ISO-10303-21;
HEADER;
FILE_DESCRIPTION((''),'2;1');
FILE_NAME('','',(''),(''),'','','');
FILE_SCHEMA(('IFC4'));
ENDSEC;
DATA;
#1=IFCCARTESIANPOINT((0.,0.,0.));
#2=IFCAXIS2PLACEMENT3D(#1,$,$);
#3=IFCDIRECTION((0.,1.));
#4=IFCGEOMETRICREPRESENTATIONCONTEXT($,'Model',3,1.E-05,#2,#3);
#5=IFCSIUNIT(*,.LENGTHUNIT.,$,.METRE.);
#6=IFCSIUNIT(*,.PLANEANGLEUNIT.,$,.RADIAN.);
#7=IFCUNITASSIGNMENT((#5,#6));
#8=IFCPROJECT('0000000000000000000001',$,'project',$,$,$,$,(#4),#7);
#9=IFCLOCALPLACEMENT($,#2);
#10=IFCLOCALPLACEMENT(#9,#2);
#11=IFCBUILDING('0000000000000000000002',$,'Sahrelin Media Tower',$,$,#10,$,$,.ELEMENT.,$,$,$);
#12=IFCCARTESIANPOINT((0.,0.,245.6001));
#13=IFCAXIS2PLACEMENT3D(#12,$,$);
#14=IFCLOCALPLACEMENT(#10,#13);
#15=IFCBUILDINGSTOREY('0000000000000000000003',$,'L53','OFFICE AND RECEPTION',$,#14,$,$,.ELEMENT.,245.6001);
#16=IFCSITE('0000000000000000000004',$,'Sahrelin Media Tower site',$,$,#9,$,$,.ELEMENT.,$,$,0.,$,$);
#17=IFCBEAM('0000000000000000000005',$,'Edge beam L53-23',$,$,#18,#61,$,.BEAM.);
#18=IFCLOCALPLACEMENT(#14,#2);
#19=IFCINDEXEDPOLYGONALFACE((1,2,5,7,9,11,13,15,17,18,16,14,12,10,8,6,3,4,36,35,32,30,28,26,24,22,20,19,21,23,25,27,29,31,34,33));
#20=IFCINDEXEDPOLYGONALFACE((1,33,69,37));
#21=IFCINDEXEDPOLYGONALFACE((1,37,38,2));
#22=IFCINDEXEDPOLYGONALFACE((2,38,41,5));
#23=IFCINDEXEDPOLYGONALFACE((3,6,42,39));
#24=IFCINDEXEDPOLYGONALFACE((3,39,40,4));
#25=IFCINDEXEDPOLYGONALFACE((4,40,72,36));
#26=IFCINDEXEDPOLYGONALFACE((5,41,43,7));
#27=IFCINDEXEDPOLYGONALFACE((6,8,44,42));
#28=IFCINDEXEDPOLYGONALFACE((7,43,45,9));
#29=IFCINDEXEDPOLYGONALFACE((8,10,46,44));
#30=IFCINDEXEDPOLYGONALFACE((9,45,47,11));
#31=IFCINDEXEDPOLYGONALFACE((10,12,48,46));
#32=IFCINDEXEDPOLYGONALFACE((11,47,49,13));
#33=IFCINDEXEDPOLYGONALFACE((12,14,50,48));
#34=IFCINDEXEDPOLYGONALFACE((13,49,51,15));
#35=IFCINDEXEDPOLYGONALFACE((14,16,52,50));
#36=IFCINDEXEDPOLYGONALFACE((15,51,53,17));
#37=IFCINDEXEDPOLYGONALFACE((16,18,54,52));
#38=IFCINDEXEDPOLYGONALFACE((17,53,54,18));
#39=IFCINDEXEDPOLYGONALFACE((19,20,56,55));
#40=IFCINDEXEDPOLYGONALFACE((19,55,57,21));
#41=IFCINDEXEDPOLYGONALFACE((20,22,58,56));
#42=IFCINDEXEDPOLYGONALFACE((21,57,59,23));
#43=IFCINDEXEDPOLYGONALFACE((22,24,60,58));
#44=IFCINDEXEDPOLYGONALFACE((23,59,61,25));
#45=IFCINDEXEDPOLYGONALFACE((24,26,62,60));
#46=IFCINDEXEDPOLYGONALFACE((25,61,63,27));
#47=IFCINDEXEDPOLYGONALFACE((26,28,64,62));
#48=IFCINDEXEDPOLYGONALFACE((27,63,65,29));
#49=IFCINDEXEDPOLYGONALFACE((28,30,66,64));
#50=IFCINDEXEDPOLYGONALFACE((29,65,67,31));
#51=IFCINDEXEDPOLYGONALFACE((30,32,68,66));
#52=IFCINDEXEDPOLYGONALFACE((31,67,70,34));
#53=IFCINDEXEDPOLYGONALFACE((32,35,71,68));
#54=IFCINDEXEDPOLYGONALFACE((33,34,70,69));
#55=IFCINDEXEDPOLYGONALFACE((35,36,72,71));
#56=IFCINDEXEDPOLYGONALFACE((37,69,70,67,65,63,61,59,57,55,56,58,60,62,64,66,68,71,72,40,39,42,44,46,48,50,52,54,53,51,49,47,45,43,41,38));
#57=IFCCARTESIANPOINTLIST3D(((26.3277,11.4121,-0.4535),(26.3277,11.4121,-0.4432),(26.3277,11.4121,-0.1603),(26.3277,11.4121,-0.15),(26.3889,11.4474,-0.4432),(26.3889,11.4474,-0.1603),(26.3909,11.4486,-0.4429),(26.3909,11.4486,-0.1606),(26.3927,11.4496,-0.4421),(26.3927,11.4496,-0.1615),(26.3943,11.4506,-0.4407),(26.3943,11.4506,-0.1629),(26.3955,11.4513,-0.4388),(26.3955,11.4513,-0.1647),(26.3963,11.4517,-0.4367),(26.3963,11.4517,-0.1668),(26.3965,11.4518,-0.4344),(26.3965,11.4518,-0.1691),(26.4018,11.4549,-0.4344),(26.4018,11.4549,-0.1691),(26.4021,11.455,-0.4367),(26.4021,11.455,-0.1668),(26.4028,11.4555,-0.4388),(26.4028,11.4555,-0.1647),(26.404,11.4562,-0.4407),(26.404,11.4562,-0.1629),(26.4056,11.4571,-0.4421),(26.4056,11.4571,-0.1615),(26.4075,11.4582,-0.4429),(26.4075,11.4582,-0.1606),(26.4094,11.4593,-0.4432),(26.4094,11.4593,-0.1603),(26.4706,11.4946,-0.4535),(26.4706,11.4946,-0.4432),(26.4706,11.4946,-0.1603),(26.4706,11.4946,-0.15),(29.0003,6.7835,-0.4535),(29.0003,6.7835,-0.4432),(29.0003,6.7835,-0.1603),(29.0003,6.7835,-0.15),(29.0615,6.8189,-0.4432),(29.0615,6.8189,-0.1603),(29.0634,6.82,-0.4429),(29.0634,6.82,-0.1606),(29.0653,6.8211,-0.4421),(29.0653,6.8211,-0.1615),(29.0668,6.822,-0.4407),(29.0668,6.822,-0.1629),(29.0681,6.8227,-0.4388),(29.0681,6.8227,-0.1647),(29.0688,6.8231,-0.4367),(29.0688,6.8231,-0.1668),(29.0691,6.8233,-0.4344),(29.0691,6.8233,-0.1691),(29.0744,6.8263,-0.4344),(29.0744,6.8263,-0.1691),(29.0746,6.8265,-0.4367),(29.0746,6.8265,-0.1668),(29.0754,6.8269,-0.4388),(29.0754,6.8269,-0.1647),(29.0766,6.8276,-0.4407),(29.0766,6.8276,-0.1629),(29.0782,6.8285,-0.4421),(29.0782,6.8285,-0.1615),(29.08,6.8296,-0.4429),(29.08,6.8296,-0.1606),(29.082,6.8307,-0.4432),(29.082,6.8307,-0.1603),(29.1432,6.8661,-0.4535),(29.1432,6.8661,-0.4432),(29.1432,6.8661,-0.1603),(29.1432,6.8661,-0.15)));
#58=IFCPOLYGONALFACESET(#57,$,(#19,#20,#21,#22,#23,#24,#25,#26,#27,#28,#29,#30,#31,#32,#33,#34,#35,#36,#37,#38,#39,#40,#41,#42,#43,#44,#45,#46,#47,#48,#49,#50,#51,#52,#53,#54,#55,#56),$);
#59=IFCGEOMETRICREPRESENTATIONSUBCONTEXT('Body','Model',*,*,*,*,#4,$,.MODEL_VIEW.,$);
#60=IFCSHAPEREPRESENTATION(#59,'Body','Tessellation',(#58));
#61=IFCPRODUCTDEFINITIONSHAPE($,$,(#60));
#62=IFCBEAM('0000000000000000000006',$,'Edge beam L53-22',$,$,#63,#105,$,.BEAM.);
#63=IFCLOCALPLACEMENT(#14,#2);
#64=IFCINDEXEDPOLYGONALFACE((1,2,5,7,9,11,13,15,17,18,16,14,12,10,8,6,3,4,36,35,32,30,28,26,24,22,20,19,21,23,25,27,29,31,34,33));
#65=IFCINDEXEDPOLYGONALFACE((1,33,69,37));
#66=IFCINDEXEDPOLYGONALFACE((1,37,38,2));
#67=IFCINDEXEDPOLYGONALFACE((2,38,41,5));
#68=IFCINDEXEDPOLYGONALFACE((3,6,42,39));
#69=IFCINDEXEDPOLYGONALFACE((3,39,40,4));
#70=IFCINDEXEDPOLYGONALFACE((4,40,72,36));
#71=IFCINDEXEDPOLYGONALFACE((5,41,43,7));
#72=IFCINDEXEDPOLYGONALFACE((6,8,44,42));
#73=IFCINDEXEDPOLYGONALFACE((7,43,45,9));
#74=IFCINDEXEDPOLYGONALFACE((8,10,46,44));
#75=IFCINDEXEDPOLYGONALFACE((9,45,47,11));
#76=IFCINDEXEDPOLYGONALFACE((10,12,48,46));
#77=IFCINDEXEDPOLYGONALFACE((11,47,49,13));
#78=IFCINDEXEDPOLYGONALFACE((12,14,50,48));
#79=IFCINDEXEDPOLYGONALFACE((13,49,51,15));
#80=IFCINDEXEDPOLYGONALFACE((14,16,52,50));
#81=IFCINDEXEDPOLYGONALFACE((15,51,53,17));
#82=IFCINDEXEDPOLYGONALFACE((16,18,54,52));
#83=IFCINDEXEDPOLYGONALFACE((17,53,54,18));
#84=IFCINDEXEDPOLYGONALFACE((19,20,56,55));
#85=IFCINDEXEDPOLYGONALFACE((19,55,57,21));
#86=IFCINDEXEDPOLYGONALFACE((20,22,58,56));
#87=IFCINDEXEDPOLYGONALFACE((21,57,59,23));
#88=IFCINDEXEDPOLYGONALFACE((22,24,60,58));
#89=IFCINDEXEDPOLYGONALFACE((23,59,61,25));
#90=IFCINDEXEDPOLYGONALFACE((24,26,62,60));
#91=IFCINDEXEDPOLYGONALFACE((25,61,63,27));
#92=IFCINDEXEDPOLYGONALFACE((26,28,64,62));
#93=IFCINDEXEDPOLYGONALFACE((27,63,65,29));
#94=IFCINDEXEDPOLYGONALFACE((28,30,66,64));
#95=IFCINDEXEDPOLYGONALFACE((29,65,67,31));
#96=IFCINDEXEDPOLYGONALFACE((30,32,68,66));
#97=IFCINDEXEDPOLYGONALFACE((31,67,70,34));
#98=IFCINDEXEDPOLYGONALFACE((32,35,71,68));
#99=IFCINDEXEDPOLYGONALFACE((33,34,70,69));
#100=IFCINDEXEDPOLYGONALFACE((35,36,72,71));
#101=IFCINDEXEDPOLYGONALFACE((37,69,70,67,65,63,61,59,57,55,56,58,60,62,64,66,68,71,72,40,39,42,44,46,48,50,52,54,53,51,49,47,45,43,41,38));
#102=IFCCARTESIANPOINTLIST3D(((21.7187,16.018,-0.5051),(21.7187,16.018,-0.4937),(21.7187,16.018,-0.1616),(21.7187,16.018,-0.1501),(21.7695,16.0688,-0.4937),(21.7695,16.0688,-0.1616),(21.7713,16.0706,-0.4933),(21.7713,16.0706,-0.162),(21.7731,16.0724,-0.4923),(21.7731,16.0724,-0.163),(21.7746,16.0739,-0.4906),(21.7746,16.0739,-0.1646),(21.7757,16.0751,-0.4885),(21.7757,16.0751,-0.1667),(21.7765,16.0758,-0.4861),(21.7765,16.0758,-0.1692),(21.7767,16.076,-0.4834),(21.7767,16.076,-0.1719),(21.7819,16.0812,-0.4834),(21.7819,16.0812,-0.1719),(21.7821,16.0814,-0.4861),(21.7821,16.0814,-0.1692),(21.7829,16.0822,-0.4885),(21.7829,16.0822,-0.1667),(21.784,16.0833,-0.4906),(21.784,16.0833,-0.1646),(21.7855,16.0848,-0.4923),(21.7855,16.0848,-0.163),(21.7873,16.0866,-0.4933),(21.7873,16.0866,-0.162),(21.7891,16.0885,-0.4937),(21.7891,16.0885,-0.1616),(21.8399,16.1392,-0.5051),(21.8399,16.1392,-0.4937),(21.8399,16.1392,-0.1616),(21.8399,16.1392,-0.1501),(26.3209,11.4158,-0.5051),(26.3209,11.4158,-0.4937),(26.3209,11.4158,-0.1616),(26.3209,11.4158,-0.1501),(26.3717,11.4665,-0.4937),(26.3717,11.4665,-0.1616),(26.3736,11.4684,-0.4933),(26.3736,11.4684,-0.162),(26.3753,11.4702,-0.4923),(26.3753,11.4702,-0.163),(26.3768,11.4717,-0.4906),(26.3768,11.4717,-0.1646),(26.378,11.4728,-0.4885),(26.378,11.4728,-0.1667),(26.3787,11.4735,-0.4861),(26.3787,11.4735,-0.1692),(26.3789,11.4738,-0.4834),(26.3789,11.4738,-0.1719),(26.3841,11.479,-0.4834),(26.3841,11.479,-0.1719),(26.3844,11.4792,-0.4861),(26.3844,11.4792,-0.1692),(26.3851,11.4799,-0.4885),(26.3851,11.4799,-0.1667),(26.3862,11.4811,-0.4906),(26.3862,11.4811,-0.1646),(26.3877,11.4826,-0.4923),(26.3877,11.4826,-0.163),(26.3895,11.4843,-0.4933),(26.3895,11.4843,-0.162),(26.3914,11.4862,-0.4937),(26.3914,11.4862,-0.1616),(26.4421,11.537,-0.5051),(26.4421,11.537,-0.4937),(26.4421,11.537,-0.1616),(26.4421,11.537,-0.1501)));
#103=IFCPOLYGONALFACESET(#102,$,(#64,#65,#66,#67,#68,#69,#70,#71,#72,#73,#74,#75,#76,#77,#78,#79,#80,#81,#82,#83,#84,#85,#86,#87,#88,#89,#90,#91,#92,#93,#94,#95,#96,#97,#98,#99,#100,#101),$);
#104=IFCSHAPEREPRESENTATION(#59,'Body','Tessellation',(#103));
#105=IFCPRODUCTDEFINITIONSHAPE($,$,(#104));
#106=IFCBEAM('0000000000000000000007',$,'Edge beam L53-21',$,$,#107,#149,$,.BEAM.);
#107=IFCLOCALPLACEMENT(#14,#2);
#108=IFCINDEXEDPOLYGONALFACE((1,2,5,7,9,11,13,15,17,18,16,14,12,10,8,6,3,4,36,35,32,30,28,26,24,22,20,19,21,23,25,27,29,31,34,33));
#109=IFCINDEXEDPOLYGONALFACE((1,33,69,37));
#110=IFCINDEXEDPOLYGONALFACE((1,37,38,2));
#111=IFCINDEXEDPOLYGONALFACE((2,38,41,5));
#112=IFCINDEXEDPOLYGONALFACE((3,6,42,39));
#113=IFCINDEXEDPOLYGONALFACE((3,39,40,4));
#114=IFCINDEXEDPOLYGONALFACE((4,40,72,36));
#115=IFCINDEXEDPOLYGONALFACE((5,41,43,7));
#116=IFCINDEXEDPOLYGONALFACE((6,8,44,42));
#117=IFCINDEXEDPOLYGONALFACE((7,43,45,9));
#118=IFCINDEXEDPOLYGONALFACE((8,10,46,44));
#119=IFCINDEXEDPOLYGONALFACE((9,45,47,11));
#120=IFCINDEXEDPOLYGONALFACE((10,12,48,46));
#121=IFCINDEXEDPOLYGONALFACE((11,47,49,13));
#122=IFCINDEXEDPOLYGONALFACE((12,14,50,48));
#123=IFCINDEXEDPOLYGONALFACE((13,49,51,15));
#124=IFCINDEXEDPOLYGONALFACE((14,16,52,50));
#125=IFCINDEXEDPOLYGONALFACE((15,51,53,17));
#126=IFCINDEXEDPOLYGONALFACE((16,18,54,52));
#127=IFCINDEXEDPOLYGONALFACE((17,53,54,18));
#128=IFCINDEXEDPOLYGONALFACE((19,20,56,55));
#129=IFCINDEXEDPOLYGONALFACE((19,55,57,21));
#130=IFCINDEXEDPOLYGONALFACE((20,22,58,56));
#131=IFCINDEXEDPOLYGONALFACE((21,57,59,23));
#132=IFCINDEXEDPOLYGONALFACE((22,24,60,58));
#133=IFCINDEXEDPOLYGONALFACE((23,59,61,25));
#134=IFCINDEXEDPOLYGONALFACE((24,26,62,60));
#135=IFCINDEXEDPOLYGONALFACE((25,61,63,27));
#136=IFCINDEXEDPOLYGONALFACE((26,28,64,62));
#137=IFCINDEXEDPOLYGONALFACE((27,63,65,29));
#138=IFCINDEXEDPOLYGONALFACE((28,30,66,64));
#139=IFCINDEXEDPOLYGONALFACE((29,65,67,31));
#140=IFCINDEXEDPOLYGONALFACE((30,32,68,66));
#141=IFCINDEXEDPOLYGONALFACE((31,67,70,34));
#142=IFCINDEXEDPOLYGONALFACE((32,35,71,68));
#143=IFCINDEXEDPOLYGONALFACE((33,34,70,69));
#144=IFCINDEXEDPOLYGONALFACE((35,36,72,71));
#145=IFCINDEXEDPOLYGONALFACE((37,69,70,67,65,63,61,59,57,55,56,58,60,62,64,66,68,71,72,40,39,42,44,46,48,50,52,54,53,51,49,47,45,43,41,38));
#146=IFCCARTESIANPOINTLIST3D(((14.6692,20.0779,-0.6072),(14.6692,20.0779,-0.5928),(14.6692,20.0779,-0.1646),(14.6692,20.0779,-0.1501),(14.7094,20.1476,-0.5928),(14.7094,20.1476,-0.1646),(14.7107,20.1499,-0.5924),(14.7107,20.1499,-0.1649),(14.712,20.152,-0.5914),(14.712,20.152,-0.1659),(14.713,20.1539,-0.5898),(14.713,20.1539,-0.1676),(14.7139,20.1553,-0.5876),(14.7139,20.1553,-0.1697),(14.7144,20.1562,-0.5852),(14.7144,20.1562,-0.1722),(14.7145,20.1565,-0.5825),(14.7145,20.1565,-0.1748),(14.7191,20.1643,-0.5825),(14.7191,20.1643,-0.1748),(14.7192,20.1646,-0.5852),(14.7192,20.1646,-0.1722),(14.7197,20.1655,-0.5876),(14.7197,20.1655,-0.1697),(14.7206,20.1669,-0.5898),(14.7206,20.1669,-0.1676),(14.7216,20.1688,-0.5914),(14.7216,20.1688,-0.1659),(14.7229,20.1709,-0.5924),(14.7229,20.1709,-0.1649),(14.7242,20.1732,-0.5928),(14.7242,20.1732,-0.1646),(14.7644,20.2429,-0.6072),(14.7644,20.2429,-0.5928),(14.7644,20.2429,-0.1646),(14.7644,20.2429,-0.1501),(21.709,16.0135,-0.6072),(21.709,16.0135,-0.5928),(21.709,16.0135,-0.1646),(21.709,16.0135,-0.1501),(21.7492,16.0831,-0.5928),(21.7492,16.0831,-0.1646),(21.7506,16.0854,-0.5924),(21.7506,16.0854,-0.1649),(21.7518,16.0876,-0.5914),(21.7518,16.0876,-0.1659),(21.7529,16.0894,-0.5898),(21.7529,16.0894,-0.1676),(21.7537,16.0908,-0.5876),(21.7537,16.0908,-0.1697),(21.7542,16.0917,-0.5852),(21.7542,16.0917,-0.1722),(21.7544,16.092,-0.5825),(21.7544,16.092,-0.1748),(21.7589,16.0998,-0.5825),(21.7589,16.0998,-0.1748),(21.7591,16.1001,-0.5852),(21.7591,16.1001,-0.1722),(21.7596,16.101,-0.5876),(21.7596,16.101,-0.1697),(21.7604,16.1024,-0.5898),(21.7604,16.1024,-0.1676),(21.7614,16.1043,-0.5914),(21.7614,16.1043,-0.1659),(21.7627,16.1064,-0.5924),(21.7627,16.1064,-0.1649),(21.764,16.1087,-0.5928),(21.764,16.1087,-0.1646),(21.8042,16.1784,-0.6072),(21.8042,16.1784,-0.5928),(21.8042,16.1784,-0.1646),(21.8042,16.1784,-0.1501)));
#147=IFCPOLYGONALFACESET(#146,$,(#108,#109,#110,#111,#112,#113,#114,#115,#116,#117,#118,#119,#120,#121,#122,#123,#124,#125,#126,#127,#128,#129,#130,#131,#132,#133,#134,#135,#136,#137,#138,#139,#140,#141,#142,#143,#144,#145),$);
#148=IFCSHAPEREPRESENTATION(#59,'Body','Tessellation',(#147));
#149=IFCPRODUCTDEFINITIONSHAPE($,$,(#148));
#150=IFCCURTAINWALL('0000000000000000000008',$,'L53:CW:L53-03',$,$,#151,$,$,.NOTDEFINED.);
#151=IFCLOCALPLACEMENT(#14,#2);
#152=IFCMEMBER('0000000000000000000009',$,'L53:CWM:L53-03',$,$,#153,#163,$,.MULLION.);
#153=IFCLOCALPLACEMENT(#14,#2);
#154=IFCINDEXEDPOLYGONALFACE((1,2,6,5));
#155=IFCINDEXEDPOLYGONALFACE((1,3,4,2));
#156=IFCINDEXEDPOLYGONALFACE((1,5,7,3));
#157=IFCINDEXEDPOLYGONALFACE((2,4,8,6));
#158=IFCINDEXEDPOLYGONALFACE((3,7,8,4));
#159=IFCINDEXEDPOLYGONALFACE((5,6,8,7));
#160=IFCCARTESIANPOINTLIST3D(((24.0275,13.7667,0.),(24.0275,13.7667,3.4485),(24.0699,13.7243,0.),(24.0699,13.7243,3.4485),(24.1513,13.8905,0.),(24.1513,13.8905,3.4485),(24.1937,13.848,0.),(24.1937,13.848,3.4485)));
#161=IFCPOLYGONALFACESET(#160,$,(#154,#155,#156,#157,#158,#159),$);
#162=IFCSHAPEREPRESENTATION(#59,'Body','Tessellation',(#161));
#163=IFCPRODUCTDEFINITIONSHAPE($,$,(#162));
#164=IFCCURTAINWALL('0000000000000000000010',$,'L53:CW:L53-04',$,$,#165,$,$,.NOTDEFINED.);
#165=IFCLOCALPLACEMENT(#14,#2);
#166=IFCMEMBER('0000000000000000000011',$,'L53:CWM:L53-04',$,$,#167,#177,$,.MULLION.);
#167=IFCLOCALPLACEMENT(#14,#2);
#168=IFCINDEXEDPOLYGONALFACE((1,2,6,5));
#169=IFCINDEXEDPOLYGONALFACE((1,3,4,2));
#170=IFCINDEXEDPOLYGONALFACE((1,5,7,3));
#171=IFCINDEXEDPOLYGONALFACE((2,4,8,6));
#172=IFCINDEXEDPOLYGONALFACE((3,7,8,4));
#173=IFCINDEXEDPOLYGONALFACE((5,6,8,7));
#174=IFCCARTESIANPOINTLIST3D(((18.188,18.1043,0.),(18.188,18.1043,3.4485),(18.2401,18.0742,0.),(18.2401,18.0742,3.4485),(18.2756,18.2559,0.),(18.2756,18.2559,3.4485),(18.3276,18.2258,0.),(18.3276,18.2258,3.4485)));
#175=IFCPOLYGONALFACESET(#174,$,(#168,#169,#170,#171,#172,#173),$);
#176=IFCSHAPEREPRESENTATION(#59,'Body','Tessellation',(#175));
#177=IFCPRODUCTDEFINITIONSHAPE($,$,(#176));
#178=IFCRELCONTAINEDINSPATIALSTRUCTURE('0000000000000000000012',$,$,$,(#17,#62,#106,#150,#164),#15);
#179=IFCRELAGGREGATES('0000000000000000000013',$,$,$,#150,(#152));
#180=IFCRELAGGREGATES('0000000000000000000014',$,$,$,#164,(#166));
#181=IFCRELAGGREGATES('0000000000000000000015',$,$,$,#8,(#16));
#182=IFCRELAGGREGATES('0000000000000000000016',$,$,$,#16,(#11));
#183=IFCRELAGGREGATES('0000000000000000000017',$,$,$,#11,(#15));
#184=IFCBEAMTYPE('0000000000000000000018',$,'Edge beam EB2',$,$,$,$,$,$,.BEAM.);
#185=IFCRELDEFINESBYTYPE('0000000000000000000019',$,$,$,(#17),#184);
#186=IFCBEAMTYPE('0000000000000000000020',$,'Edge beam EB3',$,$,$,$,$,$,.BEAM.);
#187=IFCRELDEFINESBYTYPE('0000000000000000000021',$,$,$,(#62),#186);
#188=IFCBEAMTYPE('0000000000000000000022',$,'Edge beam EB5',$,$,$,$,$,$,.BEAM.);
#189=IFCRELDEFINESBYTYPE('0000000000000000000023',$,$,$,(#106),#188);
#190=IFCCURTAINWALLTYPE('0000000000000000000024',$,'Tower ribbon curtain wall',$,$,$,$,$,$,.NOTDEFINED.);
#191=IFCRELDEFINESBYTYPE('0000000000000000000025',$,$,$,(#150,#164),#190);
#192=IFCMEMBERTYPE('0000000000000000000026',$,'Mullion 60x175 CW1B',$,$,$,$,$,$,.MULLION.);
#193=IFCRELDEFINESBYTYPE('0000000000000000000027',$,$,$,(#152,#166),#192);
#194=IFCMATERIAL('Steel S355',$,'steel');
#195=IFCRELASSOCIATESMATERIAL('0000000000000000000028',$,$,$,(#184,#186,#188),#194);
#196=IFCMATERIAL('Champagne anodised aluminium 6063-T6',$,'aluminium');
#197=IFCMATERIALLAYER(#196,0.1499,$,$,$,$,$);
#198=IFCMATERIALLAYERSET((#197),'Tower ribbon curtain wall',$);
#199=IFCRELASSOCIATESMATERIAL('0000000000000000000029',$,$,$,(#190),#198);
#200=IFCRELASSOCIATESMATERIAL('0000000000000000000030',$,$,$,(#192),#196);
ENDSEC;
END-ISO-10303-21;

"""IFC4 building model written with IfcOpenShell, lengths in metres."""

from ifc_helpers import new_model, si_unit, direction, frame, origin, origin_2d, place, context, subcontext, project, spatial, rectangle, i_section, extrude, material, layer, layer_set, material_profile, profile_set, type_object, element, aggregate, save


model = new_model("IFC4")

# Units and contexts
model_context = context("Model", 3, precision=1e-05, world=origin(), true_north=direction((0.0, 1.0)))
body_context = subcontext(model_context, "Body", "Model", "MODEL_VIEW")
ifc_project = project(units=[si_unit("LENGTHUNIT", "METRE"), si_unit("PLANEANGLEUNIT", "RADIAN")], contexts=[model_context])

# Site, building, storey
site_placement = place(None, origin())
site = spatial("IfcSite", under=ifc_project, at=site_placement, Name="Sahrelin Media Tower site", CompositionType="ELEMENT", RefElevation=0.0)
building_placement = place(site_placement, origin())
building = spatial("IfcBuilding", under=site, at=building_placement, Name="Sahrelin Media Tower", CompositionType="ELEMENT")
storey_placement = place(building_placement, frame((0.0, 0.0, 245.6001)))
storey = spatial("IfcBuildingStorey", under=building, at=storey_placement, Name="L53", Description="OFFICE AND RECEPTION", CompositionType="ELEMENT", Elevation=245.6001)

# Beams
ifc_material_1 = material(Name="Steel S355", Category="steel")
ifc_material_profile_1 = material_profile(ifc_material_1, i_section(OverallWidth=0.165, OverallDepth=0.3035, WebThickness=0.0061, FlangeThickness=0.0103, FilletRadius=0.0088, at=origin_2d()), Name="UB 305x165x40")
ifc_profile_set_1 = profile_set([ifc_material_profile_1], Name="Steel S355")
beam_type_1 = type_object("IfcBeamType", Name="Edge beam EB2", PredefinedType="BEAM", material=ifc_profile_set_1)
beam_1_placement = place(storey_placement, frame((26.3992, 11.4534, -0.3018), z_axis=(0.500035, -0.866005, 0.0), x_axis=(0.866005, 0.500035, 0.0)))
element("IfcBeam", 1, at=beam_1_placement, inside=storey, type_object=beam_type_1, Name="Edge beam L53-23", PredefinedType="BEAM", context=body_context, shape_type="SweptSolid", body=[
    extrude(i_section(OverallWidth=0.165, OverallDepth=0.3035, WebThickness=0.0061, FlangeThickness=0.0103, FilletRadius=0.0088, at=origin_2d()), origin(), (0.0, 0.0, 1.0), 5.3447),
])
ifc_material_profile_2 = material_profile(ifc_material_1, i_section(OverallWidth=0.1714, OverallDepth=0.355, WebThickness=0.0073, FlangeThickness=0.0115, FilletRadius=0.0103, at=origin_2d()), Name="UB 356x171x51")
ifc_profile_set_2 = profile_set([ifc_material_profile_2], Name="Steel S355")
beam_type_2 = type_object("IfcBeamType", Name="Edge beam EB3", PredefinedType="BEAM", material=ifc_profile_set_2)
beam_2_placement = place(storey_placement, frame((21.7793, 16.0786, -0.3276), z_axis=(0.707107, -0.707107, 0.0), x_axis=(0.707107, 0.707107, 0.0)))
element("IfcBeam", 2, at=beam_2_placement, inside=storey, type_object=beam_type_2, Name="Edge beam L53-22", PredefinedType="BEAM", context=body_context, shape_type="SweptSolid", body=[
    extrude(i_section(OverallWidth=0.1714, OverallDepth=0.355, WebThickness=0.0073, FlangeThickness=0.0115, FilletRadius=0.0103, at=origin_2d()), origin(), (0.0, 0.0, 1.0), 6.5085),
])
ifc_material_profile_3 = material_profile(ifc_material_1, i_section(OverallWidth=0.1904, OverallDepth=0.457, WebThickness=0.009, FlangeThickness=0.0144, FilletRadius=0.0103, at=origin_2d()), Name="UB 457x191x74")
ifc_profile_set_3 = profile_set([ifc_material_profile_3], Name="Steel S355")
beam_type_3 = type_object("IfcBeamType", Name="Edge beam EB5", PredefinedType="BEAM", material=ifc_profile_set_3)
beam_3_placement = place(storey_placement, frame((14.7168, 20.1604, -0.3787), z_axis=(0.866024, -0.500002, 0.0), x_axis=(0.500002, 0.866024, 0.0)))
element("IfcBeam", 3, at=beam_3_placement, inside=storey, type_object=beam_type_3, Name="Edge beam L53-21", PredefinedType="BEAM", context=body_context, shape_type="SweptSolid", body=[
    extrude(i_section(OverallWidth=0.1904, OverallDepth=0.457, WebThickness=0.009, FlangeThickness=0.0144, FilletRadius=0.0103, at=origin_2d()), origin(), (0.0, 0.0, 1.0), 8.1289),
])

# Curtain walls, members
ifc_material_2 = material(Name="Champagne anodised aluminium 6063-T6", Category="aluminium")
ifc_layer_1 = layer(ifc_material_2, 0.1499)
ifc_layer_set_1 = layer_set([ifc_layer_1], Name="Tower ribbon curtain wall")
curtain_wall_type = type_object("IfcCurtainWallType", Name="Tower ribbon curtain wall", PredefinedType="NOTDEFINED", material=ifc_layer_set_1)
curtain_wall_1_placement = place(storey_placement, frame((24.1865, 13.8833, 0.0), z_axis=(0.0, 0.0, 1.0), x_axis=(1.0, 0.0, 0.0)))
curtain_wall_1 = element("IfcCurtainWall", 4, at=curtain_wall_1_placement, inside=storey, type_object=curtain_wall_type, Name="L53:CW:L53-03", PredefinedType="NOTDEFINED")
ifc_material_profile_4 = material_profile(ifc_material_2, rectangle(XDim=0.0601, YDim=0.175, at=origin_2d()), Name="Mullion 60x175")
ifc_profile_set_4 = profile_set([ifc_material_profile_4], Name="Champagne anodised aluminium 6063-T6")
member_type_1 = type_object("IfcMemberType", Name="Mullion 60x175 CW1B", PredefinedType="MULLION", material=ifc_profile_set_4)
member_1_placement = place(storey_placement, frame((24.1106, 13.8074, 0.0), z_axis=(0.0, 0.0, 1.0), x_axis=(-0.707107, 0.707107, 0.0)))
member_1 = element("IfcMember", 5, at=member_1_placement, type_object=member_type_1, Name="L53:CWM:L53-03", PredefinedType="MULLION", context=body_context, shape_type="SweptSolid", body=[
    extrude(rectangle(XDim=0.0601, YDim=0.175, at=origin_2d()), origin(), (0.0, 0.0, 1.0), 3.4485),
])
curtain_wall_2_placement = place(storey_placement, frame((18.3115, 18.2583, 0.0), z_axis=(0.0, 0.0, 1.0), x_axis=(1.0, 0.0, 0.0)))
curtain_wall_2 = element("IfcCurtainWall", 6, at=curtain_wall_2_placement, inside=storey, type_object=curtain_wall_type, Name="L53:CW:L53-04", PredefinedType="NOTDEFINED")
member_2_placement = place(storey_placement, frame((18.2578, 18.165, 0.0), z_axis=(0.0, 0.0, 1.0), x_axis=(-0.866027, 0.499997, 0.0)))
member_2 = element("IfcMember", 7, at=member_2_placement, type_object=member_type_1, Name="L53:CWM:L53-04", PredefinedType="MULLION", context=body_context, shape_type="SweptSolid", body=[
    extrude(rectangle(XDim=0.0601, YDim=0.175, at=origin_2d()), origin(), (0.0, 0.0, 1.0), 3.4485),
])

aggregate(curtain_wall_1, [member_1])
aggregate(curtain_wall_2, [member_2])

save(model, "model.ifc")
